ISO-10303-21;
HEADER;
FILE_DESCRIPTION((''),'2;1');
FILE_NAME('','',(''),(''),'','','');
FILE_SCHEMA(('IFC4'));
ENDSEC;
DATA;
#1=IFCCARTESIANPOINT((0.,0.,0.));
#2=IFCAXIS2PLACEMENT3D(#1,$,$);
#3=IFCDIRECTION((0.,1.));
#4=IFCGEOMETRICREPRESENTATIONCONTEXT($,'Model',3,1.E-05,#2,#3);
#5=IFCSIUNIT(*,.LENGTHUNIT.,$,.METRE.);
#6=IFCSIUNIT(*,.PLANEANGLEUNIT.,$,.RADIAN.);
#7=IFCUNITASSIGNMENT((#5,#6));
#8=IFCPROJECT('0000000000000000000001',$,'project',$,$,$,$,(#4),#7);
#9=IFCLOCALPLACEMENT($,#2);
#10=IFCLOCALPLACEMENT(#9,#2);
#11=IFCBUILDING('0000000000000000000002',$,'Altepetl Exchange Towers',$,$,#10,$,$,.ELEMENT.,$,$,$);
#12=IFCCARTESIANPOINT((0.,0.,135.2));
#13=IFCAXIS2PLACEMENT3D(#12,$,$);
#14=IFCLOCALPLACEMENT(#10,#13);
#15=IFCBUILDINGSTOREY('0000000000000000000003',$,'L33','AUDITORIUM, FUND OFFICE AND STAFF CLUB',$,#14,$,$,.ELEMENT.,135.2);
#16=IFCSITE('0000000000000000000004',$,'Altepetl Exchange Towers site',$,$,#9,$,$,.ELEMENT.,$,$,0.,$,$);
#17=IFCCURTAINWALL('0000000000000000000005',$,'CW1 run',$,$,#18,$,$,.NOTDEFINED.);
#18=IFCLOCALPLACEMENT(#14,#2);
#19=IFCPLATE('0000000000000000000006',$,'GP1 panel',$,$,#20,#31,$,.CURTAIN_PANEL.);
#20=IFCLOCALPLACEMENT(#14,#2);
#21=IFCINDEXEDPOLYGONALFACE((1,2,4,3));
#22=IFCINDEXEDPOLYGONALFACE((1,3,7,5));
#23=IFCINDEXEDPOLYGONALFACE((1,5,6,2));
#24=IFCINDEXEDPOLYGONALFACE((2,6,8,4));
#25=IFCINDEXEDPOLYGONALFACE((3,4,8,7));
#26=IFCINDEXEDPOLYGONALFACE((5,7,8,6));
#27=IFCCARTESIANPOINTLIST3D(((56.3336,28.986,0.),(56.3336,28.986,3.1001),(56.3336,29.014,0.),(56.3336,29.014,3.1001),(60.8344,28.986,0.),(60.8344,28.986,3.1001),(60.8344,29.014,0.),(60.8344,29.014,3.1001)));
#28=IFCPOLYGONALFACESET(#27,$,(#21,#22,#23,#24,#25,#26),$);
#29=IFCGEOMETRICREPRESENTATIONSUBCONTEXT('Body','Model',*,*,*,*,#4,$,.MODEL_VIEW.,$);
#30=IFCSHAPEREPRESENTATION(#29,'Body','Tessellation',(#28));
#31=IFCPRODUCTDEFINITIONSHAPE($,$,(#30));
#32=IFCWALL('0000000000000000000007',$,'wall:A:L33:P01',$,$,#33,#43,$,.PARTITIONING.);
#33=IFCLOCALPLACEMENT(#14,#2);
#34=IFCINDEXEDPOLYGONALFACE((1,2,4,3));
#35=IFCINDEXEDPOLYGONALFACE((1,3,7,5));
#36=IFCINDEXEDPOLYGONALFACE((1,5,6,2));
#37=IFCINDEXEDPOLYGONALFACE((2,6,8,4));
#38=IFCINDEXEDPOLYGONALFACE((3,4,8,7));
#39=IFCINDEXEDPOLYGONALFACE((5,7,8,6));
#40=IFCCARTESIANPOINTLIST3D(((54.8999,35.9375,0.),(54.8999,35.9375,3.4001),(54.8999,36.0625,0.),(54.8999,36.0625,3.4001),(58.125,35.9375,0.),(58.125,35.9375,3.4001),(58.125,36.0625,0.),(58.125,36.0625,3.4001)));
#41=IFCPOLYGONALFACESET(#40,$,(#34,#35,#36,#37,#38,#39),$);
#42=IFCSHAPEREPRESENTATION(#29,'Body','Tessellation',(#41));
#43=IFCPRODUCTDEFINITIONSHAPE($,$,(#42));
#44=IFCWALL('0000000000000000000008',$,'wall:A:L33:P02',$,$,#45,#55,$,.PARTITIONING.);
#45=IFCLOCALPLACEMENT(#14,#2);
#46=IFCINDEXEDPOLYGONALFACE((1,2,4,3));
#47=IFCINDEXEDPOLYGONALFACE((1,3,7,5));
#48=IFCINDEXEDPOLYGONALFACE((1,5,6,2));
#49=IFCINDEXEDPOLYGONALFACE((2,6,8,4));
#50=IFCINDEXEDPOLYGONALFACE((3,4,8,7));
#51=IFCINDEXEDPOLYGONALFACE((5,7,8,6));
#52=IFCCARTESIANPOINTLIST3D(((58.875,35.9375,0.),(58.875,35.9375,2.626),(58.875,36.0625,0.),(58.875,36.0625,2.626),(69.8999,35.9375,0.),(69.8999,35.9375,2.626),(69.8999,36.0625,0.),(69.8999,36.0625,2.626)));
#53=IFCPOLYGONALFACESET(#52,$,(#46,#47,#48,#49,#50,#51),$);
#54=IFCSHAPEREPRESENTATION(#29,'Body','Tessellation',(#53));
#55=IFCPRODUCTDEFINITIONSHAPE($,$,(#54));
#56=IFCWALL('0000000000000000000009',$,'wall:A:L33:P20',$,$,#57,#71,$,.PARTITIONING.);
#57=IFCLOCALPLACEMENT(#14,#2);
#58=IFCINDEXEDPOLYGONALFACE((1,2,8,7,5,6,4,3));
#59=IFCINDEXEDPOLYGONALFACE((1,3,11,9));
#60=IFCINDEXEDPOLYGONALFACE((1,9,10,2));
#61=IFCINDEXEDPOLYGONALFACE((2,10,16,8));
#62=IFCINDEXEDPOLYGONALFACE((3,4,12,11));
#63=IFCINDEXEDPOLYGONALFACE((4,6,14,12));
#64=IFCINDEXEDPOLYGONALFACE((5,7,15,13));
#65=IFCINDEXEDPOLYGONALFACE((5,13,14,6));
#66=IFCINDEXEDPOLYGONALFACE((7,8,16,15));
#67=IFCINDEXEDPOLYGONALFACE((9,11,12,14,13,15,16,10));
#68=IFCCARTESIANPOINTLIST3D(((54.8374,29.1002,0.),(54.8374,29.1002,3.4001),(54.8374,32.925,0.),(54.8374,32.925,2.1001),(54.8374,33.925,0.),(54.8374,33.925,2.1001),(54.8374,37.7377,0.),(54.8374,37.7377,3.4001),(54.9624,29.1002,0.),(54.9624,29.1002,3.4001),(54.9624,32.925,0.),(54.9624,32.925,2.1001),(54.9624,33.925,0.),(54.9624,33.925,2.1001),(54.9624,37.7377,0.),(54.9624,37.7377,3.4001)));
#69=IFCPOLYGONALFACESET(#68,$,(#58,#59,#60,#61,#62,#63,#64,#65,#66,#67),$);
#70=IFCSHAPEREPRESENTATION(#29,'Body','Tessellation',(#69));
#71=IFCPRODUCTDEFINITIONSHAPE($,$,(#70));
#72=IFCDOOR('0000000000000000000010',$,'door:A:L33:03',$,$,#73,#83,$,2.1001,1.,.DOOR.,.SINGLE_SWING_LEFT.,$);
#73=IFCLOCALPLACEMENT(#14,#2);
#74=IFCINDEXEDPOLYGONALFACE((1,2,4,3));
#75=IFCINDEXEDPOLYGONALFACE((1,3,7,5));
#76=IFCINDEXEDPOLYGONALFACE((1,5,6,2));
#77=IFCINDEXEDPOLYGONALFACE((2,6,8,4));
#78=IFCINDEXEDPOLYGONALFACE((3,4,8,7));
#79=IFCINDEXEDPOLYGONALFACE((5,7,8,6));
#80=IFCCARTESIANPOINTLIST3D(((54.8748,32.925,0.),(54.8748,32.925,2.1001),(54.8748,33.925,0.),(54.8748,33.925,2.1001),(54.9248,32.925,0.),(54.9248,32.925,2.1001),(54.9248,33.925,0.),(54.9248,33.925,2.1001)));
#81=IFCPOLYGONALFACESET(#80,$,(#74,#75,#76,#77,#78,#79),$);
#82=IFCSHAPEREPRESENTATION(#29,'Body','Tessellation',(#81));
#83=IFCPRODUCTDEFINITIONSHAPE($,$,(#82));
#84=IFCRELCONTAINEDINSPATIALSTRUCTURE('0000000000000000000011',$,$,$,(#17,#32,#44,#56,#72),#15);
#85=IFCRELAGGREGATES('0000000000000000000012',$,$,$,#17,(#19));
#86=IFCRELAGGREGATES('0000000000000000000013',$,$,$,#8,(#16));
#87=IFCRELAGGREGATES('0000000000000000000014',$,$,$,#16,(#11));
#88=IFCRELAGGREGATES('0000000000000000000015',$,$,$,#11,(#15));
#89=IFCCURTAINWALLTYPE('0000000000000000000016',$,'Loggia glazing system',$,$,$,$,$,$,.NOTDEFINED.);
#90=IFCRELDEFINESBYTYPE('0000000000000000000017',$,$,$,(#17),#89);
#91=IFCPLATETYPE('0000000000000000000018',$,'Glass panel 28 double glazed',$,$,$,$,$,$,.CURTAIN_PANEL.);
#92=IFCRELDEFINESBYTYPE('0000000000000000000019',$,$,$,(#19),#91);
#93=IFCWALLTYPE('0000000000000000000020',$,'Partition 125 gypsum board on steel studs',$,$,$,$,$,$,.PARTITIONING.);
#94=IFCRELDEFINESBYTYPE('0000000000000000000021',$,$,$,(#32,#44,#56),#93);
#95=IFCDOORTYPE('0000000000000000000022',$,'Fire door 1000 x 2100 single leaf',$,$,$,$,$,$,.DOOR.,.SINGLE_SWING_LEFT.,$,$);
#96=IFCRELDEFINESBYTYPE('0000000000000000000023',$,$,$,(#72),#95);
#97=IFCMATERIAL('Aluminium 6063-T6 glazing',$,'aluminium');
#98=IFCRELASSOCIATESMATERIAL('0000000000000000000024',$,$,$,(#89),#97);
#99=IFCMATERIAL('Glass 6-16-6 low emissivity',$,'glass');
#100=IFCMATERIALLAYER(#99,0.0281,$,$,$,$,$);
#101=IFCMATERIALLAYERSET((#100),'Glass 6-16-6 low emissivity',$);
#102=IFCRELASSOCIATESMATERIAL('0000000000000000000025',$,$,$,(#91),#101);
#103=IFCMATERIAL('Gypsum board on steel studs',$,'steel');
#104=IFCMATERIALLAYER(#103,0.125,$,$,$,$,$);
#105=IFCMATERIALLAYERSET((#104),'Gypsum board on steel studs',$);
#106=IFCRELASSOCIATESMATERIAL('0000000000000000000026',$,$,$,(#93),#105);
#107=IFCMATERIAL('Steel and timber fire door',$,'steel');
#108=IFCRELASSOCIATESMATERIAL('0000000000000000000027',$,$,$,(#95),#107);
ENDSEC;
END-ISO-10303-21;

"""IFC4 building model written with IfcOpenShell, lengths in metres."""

from ifc_helpers import new_model, si_unit, direction, frame, frame_2d, origin, origin_2d, place, context, subcontext, project, spatial, rectangle, extrude, material, layer, layer_set, type_object, element, fill, aggregate, save


model = new_model("IFC4")

# Units and contexts
model_context = context("Model", 3, precision=1e-05, world=origin(), true_north=direction((0.0, 1.0)))
body_context = subcontext(model_context, "Body", "Model", "MODEL_VIEW")
ifc_project = project(units=[si_unit("LENGTHUNIT", "METRE"), si_unit("PLANEANGLEUNIT", "RADIAN")], contexts=[model_context])

# Site, building, storey
site_placement = place(None, origin())
site = spatial("IfcSite", under=ifc_project, at=site_placement, Name="Altepetl Exchange Towers site", CompositionType="ELEMENT", RefElevation=0.0)
building_placement = place(site_placement, origin())
building = spatial("IfcBuilding", under=site, at=building_placement, Name="Altepetl Exchange Towers", CompositionType="ELEMENT")
storey_placement = place(building_placement, frame((0.0, 0.0, 135.2)))
storey = spatial("IfcBuildingStorey", under=building, at=storey_placement, Name="L33", Description="AUDITORIUM, FUND OFFICE AND STAFF CLUB", CompositionType="ELEMENT", Elevation=135.2)

# Curtain wall
ifc_material_1 = material(Name="Aluminium 6063-T6 glazing", Category="aluminium")
curtain_wall_type = type_object("IfcCurtainWallType", Name="Loggia glazing system", PredefinedType="NOTDEFINED", material=ifc_material_1)
curtain_wall_placement = place(storey_placement, origin())
curtain_wall = element("IfcCurtainWall", 1, at=curtain_wall_placement, inside=storey, type_object=curtain_wall_type, Name="CW1 run", PredefinedType="NOTDEFINED")

# Plate
ifc_material_2 = material(Name="Glass 6-16-6 low emissivity", Category="glass")
ifc_layer_1 = layer(ifc_material_2, 0.0281)
ifc_layer_set_1 = layer_set([ifc_layer_1], Name="Glass 6-16-6 low emissivity")
plate_type = type_object("IfcPlateType", Name="Glass panel 28 double glazed", PredefinedType="CURTAIN_PANEL", material=ifc_layer_set_1)
plate_placement = place(storey_placement, frame((58.584, 29.0, 0.0)))
plate = element("IfcPlate", 2, at=plate_placement, type_object=plate_type, Name="GP1 panel", PredefinedType="CURTAIN_PANEL", context=body_context, shape_type="SweptSolid", body=[
    extrude(rectangle(XDim=4.5007, YDim=0.0281, at=origin_2d()), origin(), (0.0, 0.0, 1.0), 3.1001),
])
aggregate(curtain_wall, [plate])

# Walls
ifc_material_3 = material(Name="Gypsum board on steel studs", Category="steel")
ifc_layer_2 = layer(ifc_material_3, 0.125)
ifc_layer_set_2 = layer_set([ifc_layer_2], Name="Gypsum board on steel studs")
wall_type = type_object("IfcWallType", Name="Partition 125 gypsum board on steel studs", PredefinedType="PARTITIONING", material=ifc_layer_set_2)
wall_1_placement = place(storey_placement, frame((54.8999, 36.0, 0.0)))
element("IfcWall", 3, at=wall_1_placement, inside=storey, type_object=wall_type, Name="wall:A:L33:P01", PredefinedType="PARTITIONING", context=body_context, shape_type="SweptSolid", body=[
    extrude(rectangle(XDim=3.2251, YDim=0.125, at=frame_2d((1.6125, 0.0))), origin(), (0.0, 0.0, 1.0), 3.4001),
])
wall_2_placement = place(storey_placement, frame((58.875, 36.0, 0.0)))
element("IfcWall", 4, at=wall_2_placement, inside=storey, type_object=wall_type, Name="wall:A:L33:P02", PredefinedType="PARTITIONING", context=body_context, shape_type="SweptSolid", body=[
    extrude(rectangle(XDim=11.0249, YDim=0.125, at=frame_2d((5.5125, 0.0))), origin(), (0.0, 0.0, 1.0), 2.626),
])

# Wall, opening, door
wall_3_placement = place(storey_placement, frame((54.8999, 29.1001, 0.0), z_axis=(0.0, 0.0, 1.0), x_axis=(0.0, 1.0, 0.0)))
wall_3 = element("IfcWall", 5, at=wall_3_placement, inside=storey, type_object=wall_type, Name="wall:A:L33:P20", PredefinedType="PARTITIONING", context=body_context, shape_type="SweptSolid", body=[
    extrude(rectangle(XDim=8.6375, YDim=0.125, at=frame_2d((4.3188, 0.0))), origin(), (0.0, 0.0, 1.0), 3.4001),
])
opening_1_placement = place(wall_3_placement, frame((3.825, 0.0, 0.0)))
opening_1 = element("IfcOpeningElement", 6, at=opening_1_placement, cuts=wall_3, PredefinedType="OPENING", context=body_context, shape_type="SweptSolid", body=[
    extrude(rectangle(XDim=1.0, YDim=2.1001, at=frame_2d((0.5, 1.05))), frame((0.0, 0.0725, 0.0), z_axis=(0.0, -1.0, 0.0), x_axis=(1.0, 0.0, 0.0)), (0.0, 0.0, 1.0), 0.145),
])
ifc_material_4 = material(Name="Steel and timber fire door", Category="steel")
door_type_1 = type_object("IfcDoorType", Name="Fire door 1000 x 2100 single leaf", OperationType="SINGLE_SWING_LEFT", PredefinedType="DOOR", material=ifc_material_4)
door_1_placement = place(opening_1_placement, frame((1.0, 0.0, 0.0), x_axis=(-1.0, 0.0, 0.0)))
door_1 = element("IfcDoor", 7, at=door_1_placement, inside=storey, type_object=door_type_1, Name="door:A:L33:03", OperationType="SINGLE_SWING_LEFT", OverallHeight=2.1001, OverallWidth=1.0, PredefinedType="DOOR", context=body_context, shape_type="SweptSolid", body=[
    extrude(rectangle(XDim=1.0, YDim=2.1001, at=frame_2d((0.5, 1.05))), frame((0.0, 0.0249, 0.0), z_axis=(0.0, -1.0, 0.0), x_axis=(1.0, 0.0, 0.0)), (0.0, 0.0, 1.0), 0.05),
])
fill(opening_1, door_1)

save(model, "model.ifc")
